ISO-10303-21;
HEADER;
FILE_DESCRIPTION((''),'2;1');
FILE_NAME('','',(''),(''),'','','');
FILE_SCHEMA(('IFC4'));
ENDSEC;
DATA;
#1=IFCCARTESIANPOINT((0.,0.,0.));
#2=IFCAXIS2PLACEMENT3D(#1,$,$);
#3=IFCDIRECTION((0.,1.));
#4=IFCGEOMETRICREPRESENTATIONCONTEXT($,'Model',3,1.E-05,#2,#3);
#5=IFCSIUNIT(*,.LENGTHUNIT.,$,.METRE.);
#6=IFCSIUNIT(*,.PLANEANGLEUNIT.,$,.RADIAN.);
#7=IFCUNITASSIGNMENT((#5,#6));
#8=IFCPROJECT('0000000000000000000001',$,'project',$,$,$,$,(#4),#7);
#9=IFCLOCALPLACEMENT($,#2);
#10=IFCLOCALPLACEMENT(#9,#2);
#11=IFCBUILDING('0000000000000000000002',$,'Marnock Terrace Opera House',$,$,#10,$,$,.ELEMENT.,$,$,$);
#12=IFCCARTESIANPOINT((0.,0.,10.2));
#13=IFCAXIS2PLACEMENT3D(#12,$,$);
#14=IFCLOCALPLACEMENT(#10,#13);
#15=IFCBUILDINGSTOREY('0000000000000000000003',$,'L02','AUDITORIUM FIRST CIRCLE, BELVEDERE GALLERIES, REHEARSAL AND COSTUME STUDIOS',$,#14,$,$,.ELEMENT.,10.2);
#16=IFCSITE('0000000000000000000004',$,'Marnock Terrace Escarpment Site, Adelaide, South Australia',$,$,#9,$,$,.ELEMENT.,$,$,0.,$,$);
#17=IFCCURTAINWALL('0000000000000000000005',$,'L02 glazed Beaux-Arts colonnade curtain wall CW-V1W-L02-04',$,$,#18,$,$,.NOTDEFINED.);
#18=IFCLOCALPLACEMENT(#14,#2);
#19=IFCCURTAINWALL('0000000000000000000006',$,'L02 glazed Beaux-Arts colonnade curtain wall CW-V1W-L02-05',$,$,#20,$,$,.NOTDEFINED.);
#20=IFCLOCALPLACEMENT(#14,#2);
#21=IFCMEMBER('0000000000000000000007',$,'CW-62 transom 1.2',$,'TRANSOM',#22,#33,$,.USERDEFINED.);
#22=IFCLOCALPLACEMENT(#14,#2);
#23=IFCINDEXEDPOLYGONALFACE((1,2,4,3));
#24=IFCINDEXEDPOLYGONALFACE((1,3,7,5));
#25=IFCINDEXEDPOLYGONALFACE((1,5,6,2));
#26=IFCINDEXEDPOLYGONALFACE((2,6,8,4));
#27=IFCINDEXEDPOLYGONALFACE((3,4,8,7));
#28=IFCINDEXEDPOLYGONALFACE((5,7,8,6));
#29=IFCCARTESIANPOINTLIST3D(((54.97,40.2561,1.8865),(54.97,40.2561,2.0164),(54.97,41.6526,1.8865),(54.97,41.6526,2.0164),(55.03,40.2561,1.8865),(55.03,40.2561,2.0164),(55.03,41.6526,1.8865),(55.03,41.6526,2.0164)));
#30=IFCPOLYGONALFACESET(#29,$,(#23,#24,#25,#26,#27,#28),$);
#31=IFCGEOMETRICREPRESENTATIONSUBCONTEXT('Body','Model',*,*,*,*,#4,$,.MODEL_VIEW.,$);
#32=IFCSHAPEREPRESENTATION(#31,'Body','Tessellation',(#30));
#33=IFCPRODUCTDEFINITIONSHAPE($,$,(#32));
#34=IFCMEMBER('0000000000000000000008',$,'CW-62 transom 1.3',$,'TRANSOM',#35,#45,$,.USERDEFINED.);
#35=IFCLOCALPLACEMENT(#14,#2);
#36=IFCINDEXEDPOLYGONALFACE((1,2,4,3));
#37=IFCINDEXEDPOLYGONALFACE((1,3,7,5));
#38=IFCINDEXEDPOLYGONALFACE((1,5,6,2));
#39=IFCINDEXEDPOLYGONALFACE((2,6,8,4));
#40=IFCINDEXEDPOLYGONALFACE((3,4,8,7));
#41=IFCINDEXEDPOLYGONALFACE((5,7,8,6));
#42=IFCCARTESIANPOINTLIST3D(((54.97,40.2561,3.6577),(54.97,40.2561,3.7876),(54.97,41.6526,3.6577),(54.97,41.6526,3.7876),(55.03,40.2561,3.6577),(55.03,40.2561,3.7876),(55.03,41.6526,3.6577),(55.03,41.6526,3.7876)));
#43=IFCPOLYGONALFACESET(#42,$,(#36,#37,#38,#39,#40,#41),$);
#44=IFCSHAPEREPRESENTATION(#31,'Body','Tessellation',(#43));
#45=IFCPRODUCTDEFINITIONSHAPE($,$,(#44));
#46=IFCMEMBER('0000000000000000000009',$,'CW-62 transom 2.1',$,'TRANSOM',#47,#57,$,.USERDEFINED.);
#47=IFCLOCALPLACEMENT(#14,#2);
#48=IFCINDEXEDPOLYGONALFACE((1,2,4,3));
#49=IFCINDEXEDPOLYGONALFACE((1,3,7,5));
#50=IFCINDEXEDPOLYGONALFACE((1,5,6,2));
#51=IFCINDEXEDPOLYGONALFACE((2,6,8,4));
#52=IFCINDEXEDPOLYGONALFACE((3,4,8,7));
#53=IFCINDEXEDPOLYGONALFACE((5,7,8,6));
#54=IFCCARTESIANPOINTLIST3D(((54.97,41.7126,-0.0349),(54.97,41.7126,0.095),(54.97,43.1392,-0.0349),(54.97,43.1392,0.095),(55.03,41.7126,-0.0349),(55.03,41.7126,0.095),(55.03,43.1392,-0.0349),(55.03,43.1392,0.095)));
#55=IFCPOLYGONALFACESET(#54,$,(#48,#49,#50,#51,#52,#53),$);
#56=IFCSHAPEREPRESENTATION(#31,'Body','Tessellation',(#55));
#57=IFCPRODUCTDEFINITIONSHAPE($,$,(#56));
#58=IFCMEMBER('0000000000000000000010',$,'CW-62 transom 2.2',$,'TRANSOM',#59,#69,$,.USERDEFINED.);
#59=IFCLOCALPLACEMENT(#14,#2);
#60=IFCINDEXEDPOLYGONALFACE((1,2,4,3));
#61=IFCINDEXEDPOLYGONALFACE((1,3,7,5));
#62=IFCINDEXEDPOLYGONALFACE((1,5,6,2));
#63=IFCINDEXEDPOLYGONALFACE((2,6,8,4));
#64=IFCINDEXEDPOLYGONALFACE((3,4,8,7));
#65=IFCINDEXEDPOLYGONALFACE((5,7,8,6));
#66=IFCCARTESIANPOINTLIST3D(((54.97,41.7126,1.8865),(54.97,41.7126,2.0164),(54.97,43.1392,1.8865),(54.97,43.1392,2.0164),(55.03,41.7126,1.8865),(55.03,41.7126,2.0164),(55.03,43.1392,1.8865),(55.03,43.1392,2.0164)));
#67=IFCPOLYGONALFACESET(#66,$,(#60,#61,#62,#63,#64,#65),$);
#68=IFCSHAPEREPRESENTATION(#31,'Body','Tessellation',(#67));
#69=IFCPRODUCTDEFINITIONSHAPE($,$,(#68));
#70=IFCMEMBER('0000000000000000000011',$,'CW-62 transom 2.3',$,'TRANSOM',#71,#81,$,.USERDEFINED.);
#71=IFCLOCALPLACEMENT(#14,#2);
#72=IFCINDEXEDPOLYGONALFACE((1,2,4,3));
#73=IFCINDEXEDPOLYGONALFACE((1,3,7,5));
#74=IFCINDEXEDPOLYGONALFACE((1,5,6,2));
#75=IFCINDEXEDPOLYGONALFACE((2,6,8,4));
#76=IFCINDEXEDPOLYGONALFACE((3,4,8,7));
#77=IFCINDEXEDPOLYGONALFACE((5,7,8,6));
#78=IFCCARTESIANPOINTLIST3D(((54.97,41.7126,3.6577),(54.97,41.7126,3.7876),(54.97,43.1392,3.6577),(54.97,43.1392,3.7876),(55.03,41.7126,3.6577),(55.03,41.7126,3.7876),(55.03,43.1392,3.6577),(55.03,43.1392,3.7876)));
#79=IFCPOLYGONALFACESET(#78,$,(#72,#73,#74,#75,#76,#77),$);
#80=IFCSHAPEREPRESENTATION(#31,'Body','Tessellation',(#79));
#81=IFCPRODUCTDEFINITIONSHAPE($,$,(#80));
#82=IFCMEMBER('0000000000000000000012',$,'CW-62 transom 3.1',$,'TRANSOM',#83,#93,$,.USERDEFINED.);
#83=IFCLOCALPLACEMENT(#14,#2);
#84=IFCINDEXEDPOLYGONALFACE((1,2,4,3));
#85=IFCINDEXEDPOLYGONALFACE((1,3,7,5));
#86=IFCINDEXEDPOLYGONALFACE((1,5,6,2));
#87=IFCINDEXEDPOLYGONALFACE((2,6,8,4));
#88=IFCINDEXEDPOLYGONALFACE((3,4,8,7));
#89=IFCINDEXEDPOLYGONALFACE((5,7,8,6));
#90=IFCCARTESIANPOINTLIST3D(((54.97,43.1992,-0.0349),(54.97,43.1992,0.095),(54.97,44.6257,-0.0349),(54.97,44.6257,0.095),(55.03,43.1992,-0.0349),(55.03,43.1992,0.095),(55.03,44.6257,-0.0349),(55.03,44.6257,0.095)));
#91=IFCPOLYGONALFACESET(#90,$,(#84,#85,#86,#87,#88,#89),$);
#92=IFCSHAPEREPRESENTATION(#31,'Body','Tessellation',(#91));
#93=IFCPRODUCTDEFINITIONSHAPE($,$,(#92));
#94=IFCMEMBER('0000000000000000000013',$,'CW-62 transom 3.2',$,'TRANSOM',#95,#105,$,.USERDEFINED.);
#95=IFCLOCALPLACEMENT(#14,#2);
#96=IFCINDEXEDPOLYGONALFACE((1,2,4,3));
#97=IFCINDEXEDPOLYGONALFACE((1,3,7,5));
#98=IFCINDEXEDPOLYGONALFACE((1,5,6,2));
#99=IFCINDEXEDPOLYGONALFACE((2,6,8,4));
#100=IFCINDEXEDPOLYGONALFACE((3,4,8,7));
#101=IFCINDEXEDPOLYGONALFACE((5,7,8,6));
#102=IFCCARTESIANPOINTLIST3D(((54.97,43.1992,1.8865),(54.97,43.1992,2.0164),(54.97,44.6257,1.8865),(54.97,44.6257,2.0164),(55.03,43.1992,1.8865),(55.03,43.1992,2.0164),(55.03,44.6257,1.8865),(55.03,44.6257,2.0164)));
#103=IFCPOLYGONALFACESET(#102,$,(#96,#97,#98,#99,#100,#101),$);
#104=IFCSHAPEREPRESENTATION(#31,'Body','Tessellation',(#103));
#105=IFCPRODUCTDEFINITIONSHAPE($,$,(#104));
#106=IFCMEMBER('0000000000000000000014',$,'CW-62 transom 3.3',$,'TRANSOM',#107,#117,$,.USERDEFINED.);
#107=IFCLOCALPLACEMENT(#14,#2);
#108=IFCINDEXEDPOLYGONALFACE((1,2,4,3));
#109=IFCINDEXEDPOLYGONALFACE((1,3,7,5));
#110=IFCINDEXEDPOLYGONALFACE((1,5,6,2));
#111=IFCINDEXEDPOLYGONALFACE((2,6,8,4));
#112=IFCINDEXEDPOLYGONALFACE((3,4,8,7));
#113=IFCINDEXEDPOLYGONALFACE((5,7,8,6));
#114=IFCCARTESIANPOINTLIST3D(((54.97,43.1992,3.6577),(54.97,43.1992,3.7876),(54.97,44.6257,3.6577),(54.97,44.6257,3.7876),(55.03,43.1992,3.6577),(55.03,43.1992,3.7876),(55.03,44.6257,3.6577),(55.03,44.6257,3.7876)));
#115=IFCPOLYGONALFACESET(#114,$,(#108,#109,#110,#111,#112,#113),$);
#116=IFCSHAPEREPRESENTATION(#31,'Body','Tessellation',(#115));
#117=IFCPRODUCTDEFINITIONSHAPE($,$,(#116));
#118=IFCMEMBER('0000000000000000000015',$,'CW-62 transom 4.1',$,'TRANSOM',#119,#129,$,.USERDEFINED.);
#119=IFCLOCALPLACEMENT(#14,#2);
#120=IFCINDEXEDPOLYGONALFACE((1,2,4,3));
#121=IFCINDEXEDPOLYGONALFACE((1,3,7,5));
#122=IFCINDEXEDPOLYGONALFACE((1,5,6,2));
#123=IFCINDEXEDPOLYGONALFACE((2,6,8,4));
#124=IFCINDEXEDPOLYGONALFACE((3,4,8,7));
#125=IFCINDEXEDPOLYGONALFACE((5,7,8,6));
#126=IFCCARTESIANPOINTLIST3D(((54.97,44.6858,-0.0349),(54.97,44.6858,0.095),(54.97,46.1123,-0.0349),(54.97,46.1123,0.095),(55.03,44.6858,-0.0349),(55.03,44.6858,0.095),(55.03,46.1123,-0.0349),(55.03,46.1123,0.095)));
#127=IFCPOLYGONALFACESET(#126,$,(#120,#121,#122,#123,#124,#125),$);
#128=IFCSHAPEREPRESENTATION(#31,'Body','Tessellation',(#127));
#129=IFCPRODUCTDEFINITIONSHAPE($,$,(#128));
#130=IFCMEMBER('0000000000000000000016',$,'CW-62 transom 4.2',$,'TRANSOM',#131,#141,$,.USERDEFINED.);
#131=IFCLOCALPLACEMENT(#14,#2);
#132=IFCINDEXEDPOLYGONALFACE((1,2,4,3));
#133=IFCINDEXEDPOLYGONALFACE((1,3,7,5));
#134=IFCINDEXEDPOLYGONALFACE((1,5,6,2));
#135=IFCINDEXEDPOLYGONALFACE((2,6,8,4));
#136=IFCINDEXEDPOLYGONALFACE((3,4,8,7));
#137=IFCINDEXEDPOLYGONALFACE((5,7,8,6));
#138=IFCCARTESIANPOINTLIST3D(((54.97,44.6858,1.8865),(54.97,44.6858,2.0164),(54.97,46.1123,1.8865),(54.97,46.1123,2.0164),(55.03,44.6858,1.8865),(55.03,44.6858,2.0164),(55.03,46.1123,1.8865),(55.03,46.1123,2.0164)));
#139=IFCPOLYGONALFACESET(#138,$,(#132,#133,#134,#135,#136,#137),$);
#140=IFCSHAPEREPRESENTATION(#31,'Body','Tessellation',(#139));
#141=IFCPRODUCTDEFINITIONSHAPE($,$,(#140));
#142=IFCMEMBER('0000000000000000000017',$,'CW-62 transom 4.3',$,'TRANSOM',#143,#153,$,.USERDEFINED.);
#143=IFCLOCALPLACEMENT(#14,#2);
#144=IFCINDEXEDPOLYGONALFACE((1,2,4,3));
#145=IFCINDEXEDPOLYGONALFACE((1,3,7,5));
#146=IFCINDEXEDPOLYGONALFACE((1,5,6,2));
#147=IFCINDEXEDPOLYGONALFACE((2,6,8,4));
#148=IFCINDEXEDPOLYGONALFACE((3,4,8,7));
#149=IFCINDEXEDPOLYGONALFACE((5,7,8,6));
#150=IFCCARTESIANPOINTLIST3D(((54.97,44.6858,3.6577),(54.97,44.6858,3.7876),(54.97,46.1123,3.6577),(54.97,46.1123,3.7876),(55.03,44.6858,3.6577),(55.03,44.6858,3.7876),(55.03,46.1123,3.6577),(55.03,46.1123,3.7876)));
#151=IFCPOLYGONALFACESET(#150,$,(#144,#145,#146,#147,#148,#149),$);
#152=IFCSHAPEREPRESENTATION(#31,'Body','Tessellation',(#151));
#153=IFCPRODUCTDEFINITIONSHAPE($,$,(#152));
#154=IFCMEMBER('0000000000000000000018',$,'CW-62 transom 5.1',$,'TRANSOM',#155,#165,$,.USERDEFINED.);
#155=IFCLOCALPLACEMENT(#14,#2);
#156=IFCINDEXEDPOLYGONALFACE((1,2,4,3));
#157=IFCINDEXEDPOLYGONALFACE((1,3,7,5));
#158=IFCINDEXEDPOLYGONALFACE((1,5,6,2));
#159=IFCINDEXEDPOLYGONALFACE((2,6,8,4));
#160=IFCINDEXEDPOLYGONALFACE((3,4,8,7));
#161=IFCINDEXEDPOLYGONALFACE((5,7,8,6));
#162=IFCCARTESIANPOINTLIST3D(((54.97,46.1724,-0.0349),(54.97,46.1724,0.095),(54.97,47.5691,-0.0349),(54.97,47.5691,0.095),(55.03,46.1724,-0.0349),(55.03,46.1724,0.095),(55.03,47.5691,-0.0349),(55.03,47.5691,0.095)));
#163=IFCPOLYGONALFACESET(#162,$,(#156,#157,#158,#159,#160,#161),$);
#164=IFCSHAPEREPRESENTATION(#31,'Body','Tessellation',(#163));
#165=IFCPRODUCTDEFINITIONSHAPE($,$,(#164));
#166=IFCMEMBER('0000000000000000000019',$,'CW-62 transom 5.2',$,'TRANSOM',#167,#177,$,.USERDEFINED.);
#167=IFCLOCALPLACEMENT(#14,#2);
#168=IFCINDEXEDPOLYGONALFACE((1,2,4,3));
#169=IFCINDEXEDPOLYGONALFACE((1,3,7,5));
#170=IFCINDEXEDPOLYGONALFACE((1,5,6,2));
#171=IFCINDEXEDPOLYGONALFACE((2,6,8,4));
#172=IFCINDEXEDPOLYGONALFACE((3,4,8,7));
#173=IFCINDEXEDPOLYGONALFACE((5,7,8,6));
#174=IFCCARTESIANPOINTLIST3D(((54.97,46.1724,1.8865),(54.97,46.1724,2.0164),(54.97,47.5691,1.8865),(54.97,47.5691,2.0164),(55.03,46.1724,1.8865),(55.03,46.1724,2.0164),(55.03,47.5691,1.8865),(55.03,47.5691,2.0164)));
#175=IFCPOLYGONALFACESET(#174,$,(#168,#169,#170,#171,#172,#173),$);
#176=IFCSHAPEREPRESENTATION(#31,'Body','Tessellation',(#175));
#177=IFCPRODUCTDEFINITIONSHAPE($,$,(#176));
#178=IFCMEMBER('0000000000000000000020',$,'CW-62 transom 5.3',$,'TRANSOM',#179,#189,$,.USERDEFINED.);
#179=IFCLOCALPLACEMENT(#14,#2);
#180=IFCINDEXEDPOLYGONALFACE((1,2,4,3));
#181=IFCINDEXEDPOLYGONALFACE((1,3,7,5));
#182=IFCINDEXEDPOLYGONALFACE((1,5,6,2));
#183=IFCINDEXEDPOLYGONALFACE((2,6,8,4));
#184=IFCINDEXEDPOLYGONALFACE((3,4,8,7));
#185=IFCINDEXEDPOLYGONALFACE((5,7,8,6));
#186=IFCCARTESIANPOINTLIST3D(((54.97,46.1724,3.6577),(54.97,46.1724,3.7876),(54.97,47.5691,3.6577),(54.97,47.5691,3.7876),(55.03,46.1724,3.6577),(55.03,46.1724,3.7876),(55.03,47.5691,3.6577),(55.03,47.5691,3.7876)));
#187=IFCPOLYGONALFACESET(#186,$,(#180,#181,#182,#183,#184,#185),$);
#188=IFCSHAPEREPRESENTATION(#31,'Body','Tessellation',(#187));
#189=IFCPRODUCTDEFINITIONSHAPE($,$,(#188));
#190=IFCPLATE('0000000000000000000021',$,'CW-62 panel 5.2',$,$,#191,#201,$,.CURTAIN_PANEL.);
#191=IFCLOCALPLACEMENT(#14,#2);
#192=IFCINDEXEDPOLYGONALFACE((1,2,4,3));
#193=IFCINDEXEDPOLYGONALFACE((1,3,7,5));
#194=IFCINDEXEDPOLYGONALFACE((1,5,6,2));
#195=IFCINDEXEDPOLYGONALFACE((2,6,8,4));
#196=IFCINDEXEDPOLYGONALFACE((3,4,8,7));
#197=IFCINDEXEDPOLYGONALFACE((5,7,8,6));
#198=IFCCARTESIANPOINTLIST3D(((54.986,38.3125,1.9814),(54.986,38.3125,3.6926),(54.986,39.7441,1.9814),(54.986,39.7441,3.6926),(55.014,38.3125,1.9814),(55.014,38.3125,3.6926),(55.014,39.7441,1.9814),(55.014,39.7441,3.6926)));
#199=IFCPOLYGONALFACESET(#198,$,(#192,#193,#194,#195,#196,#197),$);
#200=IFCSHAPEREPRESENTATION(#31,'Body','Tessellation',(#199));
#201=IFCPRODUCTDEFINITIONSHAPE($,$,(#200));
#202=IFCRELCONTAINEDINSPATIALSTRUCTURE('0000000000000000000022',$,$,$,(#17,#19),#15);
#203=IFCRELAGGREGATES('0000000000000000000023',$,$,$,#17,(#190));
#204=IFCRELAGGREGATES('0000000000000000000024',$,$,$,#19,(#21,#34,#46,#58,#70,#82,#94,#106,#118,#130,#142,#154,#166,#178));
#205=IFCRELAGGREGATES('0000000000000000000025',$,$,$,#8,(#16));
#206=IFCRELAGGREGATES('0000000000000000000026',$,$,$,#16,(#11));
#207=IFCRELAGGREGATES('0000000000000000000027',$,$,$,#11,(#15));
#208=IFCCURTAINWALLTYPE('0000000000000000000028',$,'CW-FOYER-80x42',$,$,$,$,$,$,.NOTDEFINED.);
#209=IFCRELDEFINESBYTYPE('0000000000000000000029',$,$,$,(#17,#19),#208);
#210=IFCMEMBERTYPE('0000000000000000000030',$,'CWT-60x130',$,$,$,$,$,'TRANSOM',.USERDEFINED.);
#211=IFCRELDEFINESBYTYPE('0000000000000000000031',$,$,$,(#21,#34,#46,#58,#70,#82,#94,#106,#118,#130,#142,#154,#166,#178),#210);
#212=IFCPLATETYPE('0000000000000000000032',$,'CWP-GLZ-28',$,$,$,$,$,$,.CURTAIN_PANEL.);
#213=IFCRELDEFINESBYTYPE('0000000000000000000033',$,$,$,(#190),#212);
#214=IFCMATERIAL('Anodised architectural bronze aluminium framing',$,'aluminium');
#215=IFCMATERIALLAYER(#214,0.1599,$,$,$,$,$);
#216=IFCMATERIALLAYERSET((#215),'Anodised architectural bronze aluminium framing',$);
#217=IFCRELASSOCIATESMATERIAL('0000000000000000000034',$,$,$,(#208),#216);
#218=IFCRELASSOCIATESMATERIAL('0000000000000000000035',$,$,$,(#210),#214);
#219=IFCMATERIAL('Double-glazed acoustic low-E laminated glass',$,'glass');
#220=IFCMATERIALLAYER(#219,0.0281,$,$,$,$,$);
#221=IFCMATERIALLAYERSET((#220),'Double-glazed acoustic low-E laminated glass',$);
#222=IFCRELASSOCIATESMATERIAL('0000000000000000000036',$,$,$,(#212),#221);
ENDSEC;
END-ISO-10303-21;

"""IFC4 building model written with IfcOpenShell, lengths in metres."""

from ifc_helpers import new_model, si_unit, direction, frame, origin, origin_2d, place, context, subcontext, project, spatial, rectangle, extrude, material, layer, layer_set, material_profile, profile_set, type_object, element, aggregate, save


model = new_model("IFC4")

# Units and contexts
model_context = context("Model", 3, precision=1e-05, world=origin(), true_north=direction((0.0, 1.0)))
body_context = subcontext(model_context, "Body", "Model", "MODEL_VIEW")
ifc_project = project(units=[si_unit("LENGTHUNIT", "METRE"), si_unit("PLANEANGLEUNIT", "RADIAN")], contexts=[model_context])

# Site, building, storey
site_placement = place(None, origin())
site = spatial("IfcSite", under=ifc_project, at=site_placement, Name="Marnock Terrace Escarpment Site, Adelaide, South Australia", CompositionType="ELEMENT", RefElevation=0.0)
building_placement = place(site_placement, origin())
building = spatial("IfcBuilding", under=site, at=building_placement, Name="Marnock Terrace Opera House", CompositionType="ELEMENT")
storey_placement = place(building_placement, frame((0.0, 0.0, 10.2)))
storey = spatial("IfcBuildingStorey", under=building, at=storey_placement, Name="L02", Description="AUDITORIUM FIRST CIRCLE, BELVEDERE GALLERIES, REHEARSAL AND COSTUME STUDIOS", CompositionType="ELEMENT", Elevation=10.2)

# Curtain wall
ifc_material_1 = material(Name="Anodised architectural bronze aluminium framing", Category="aluminium")
ifc_layer_1 = layer(ifc_material_1, 0.1599)
ifc_layer_set_1 = layer_set([ifc_layer_1], Name="Anodised architectural bronze aluminium framing")
curtain_wall_type = type_object("IfcCurtainWallType", Name="CW-FOYER-80x42", PredefinedType="NOTDEFINED", material=ifc_layer_set_1)
curtain_wall_1_placement = place(storey_placement, origin())
curtain_wall_1 = element("IfcCurtainWall", 1, at=curtain_wall_1_placement, inside=storey, type_object=curtain_wall_type, Name="L02 glazed Beaux-Arts colonnade curtain wall CW-V1W-L02-04", PredefinedType="NOTDEFINED")

# Curtain wall, members
curtain_wall_2_placement = place(storey_placement, origin())
curtain_wall_2 = element("IfcCurtainWall", 2, at=curtain_wall_2_placement, inside=storey, type_object=curtain_wall_type, Name="L02 glazed Beaux-Arts colonnade curtain wall CW-V1W-L02-05", PredefinedType="NOTDEFINED")
ifc_material_profile_1 = material_profile(ifc_material_1, rectangle(XDim=0.0601, YDim=0.1299, at=origin_2d()))
ifc_profile_set_1 = profile_set([ifc_material_profile_1], Name="Anodised architectural bronze aluminium framing")
member_type_1 = type_object("IfcMemberType", Name="CWT-60x130", ElementType="TRANSOM", PredefinedType="USERDEFINED", material=ifc_profile_set_1)
member_1_placement = place(storey_placement, frame((55.0, 40.2561, 1.9514), z_axis=(0.0, 1.0, 0.0), x_axis=(-1.0, 0.0, 0.0)))
member_1 = element("IfcMember", 3, at=member_1_placement, type_object=member_type_1, Name="CW-62 transom 1.2", ObjectType="TRANSOM", PredefinedType="USERDEFINED", context=body_context, shape_type="SweptSolid", body=[
    extrude(rectangle(XDim=0.0601, YDim=0.1299, at=origin_2d()), origin(), (0.0, 0.0, 1.0), 1.3965),
])
member_2_placement = place(storey_placement, frame((55.0, 40.2561, 3.7227), z_axis=(0.0, 1.0, 0.0), x_axis=(-1.0, 0.0, 0.0)))
member_2 = element("IfcMember", 4, at=member_2_placement, type_object=member_type_1, Name="CW-62 transom 1.3", ObjectType="TRANSOM", PredefinedType="USERDEFINED", context=body_context, shape_type="SweptSolid", body=[
    extrude(rectangle(XDim=0.0601, YDim=0.1299, at=origin_2d()), origin(), (0.0, 0.0, 1.0), 1.3965),
])
member_3_placement = place(storey_placement, frame((55.0, 41.7126, 0.03), z_axis=(0.0, 1.0, 0.0), x_axis=(-1.0, 0.0, 0.0)))
member_3 = element("IfcMember", 5, at=member_3_placement, type_object=member_type_1, Name="CW-62 transom 2.1", ObjectType="TRANSOM", PredefinedType="USERDEFINED", context=body_context, shape_type="SweptSolid", body=[
    extrude(rectangle(XDim=0.0601, YDim=0.1299, at=origin_2d()), origin(), (0.0, 0.0, 1.0), 1.4265),
])
member_4_placement = place(storey_placement, frame((55.0, 41.7126, 1.9514), z_axis=(0.0, 1.0, 0.0), x_axis=(-1.0, 0.0, 0.0)))
member_4 = element("IfcMember", 6, at=member_4_placement, type_object=member_type_1, Name="CW-62 transom 2.2", ObjectType="TRANSOM", PredefinedType="USERDEFINED", context=body_context, shape_type="SweptSolid", body=[
    extrude(rectangle(XDim=0.0601, YDim=0.1299, at=origin_2d()), origin(), (0.0, 0.0, 1.0), 1.4265),
])
member_5_placement = place(storey_placement, frame((55.0, 41.7126, 3.7227), z_axis=(0.0, 1.0, 0.0), x_axis=(-1.0, 0.0, 0.0)))
member_5 = element("IfcMember", 7, at=member_5_placement, type_object=member_type_1, Name="CW-62 transom 2.3", ObjectType="TRANSOM", PredefinedType="USERDEFINED", context=body_context, shape_type="SweptSolid", body=[
    extrude(rectangle(XDim=0.0601, YDim=0.1299, at=origin_2d()), origin(), (0.0, 0.0, 1.0), 1.4265),
])
member_6_placement = place(storey_placement, frame((55.0, 43.1992, 0.03), z_axis=(0.0, 1.0, 0.0), x_axis=(-1.0, 0.0, 0.0)))
member_6 = element("IfcMember", 8, at=member_6_placement, type_object=member_type_1, Name="CW-62 transom 3.1", ObjectType="TRANSOM", PredefinedType="USERDEFINED", context=body_context, shape_type="SweptSolid", body=[
    extrude(rectangle(XDim=0.0601, YDim=0.1299, at=origin_2d()), origin(), (0.0, 0.0, 1.0), 1.4265),
])
member_7_placement = place(storey_placement, frame((55.0, 43.1992, 1.9514), z_axis=(0.0, 1.0, 0.0), x_axis=(-1.0, 0.0, 0.0)))
member_7 = element("IfcMember", 9, at=member_7_placement, type_object=member_type_1, Name="CW-62 transom 3.2", ObjectType="TRANSOM", PredefinedType="USERDEFINED", context=body_context, shape_type="SweptSolid", body=[
    extrude(rectangle(XDim=0.0601, YDim=0.1299, at=origin_2d()), origin(), (0.0, 0.0, 1.0), 1.4265),
])
member_8_placement = place(storey_placement, frame((55.0, 43.1992, 3.7227), z_axis=(0.0, 1.0, 0.0), x_axis=(-1.0, 0.0, 0.0)))
member_8 = element("IfcMember", 10, at=member_8_placement, type_object=member_type_1, Name="CW-62 transom 3.3", ObjectType="TRANSOM", PredefinedType="USERDEFINED", context=body_context, shape_type="SweptSolid", body=[
    extrude(rectangle(XDim=0.0601, YDim=0.1299, at=origin_2d()), origin(), (0.0, 0.0, 1.0), 1.4265),
])
member_9_placement = place(storey_placement, frame((55.0, 44.6858, 0.03), z_axis=(0.0, 1.0, 0.0), x_axis=(-1.0, 0.0, 0.0)))
member_9 = element("IfcMember", 11, at=member_9_placement, type_object=member_type_1, Name="CW-62 transom 4.1", ObjectType="TRANSOM", PredefinedType="USERDEFINED", context=body_context, shape_type="SweptSolid", body=[
    extrude(rectangle(XDim=0.0601, YDim=0.1299, at=origin_2d()), origin(), (0.0, 0.0, 1.0), 1.4265),
])
member_10_placement = place(storey_placement, frame((55.0, 44.6858, 1.9514), z_axis=(0.0, 1.0, 0.0), x_axis=(-1.0, 0.0, 0.0)))
member_10 = element("IfcMember", 12, at=member_10_placement, type_object=member_type_1, Name="CW-62 transom 4.2", ObjectType="TRANSOM", PredefinedType="USERDEFINED", context=body_context, shape_type="SweptSolid", body=[
    extrude(rectangle(XDim=0.0601, YDim=0.1299, at=origin_2d()), origin(), (0.0, 0.0, 1.0), 1.4265),
])
member_11_placement = place(storey_placement, frame((55.0, 44.6858, 3.7227), z_axis=(0.0, 1.0, 0.0), x_axis=(-1.0, 0.0, 0.0)))
member_11 = element("IfcMember", 13, at=member_11_placement, type_object=member_type_1, Name="CW-62 transom 4.3", ObjectType="TRANSOM", PredefinedType="USERDEFINED", context=body_context, shape_type="SweptSolid", body=[
    extrude(rectangle(XDim=0.0601, YDim=0.1299, at=origin_2d()), origin(), (0.0, 0.0, 1.0), 1.4265),
])
member_12_placement = place(storey_placement, frame((55.0, 46.1724, 0.03), z_axis=(0.0, 1.0, 0.0), x_axis=(-1.0, 0.0, 0.0)))
member_12 = element("IfcMember", 14, at=member_12_placement, type_object=member_type_1, Name="CW-62 transom 5.1", ObjectType="TRANSOM", PredefinedType="USERDEFINED", context=body_context, shape_type="SweptSolid", body=[
    extrude(rectangle(XDim=0.0601, YDim=0.1299, at=origin_2d()), origin(), (0.0, 0.0, 1.0), 1.3967),
])
member_13_placement = place(storey_placement, frame((55.0, 46.1724, 1.9514), z_axis=(0.0, 1.0, 0.0), x_axis=(-1.0, 0.0, 0.0)))
member_13 = element("IfcMember", 15, at=member_13_placement, type_object=member_type_1, Name="CW-62 transom 5.2", ObjectType="TRANSOM", PredefinedType="USERDEFINED", context=body_context, shape_type="SweptSolid", body=[
    extrude(rectangle(XDim=0.0601, YDim=0.1299, at=origin_2d()), origin(), (0.0, 0.0, 1.0), 1.3967),
])
member_14_placement = place(storey_placement, frame((55.0, 46.1724, 3.7227), z_axis=(0.0, 1.0, 0.0), x_axis=(-1.0, 0.0, 0.0)))
member_14 = element("IfcMember", 16, at=member_14_placement, type_object=member_type_1, Name="CW-62 transom 5.3", ObjectType="TRANSOM", PredefinedType="USERDEFINED", context=body_context, shape_type="SweptSolid", body=[
    extrude(rectangle(XDim=0.0601, YDim=0.1299, at=origin_2d()), origin(), (0.0, 0.0, 1.0), 1.3967),
])

# Plate
ifc_material_2 = material(Name="Double-glazed acoustic low-E laminated glass", Category="glass")
ifc_layer_2 = layer(ifc_material_2, 0.0281)
ifc_layer_set_2 = layer_set([ifc_layer_2], Name="Double-glazed acoustic low-E laminated glass")
plate_type = type_object("IfcPlateType", Name="CWP-GLZ-28", PredefinedType="CURTAIN_PANEL", material=ifc_layer_set_2)
plate_1_placement = place(storey_placement, frame((55.0, 39.0283, 1.9814), z_axis=(0.0, 0.0, 1.0), x_axis=(0.0, 1.0, 0.0)))
plate_1 = element("IfcPlate", 17, at=plate_1_placement, type_object=plate_type, Name="CW-62 panel 5.2", PredefinedType="CURTAIN_PANEL", context=body_context, shape_type="SweptSolid", body=[
    extrude(rectangle(XDim=1.4316, YDim=0.0281, at=origin_2d()), origin(), (0.0, 0.0, 1.0), 1.7112),
])
aggregate(curtain_wall_1, [plate_1])
aggregate(curtain_wall_2, [member_1, member_2, member_3, member_4, member_5, member_6, member_7, member_8, member_9, member_10, member_11, member_12, member_13, member_14])

save(model, "model.ifc")
